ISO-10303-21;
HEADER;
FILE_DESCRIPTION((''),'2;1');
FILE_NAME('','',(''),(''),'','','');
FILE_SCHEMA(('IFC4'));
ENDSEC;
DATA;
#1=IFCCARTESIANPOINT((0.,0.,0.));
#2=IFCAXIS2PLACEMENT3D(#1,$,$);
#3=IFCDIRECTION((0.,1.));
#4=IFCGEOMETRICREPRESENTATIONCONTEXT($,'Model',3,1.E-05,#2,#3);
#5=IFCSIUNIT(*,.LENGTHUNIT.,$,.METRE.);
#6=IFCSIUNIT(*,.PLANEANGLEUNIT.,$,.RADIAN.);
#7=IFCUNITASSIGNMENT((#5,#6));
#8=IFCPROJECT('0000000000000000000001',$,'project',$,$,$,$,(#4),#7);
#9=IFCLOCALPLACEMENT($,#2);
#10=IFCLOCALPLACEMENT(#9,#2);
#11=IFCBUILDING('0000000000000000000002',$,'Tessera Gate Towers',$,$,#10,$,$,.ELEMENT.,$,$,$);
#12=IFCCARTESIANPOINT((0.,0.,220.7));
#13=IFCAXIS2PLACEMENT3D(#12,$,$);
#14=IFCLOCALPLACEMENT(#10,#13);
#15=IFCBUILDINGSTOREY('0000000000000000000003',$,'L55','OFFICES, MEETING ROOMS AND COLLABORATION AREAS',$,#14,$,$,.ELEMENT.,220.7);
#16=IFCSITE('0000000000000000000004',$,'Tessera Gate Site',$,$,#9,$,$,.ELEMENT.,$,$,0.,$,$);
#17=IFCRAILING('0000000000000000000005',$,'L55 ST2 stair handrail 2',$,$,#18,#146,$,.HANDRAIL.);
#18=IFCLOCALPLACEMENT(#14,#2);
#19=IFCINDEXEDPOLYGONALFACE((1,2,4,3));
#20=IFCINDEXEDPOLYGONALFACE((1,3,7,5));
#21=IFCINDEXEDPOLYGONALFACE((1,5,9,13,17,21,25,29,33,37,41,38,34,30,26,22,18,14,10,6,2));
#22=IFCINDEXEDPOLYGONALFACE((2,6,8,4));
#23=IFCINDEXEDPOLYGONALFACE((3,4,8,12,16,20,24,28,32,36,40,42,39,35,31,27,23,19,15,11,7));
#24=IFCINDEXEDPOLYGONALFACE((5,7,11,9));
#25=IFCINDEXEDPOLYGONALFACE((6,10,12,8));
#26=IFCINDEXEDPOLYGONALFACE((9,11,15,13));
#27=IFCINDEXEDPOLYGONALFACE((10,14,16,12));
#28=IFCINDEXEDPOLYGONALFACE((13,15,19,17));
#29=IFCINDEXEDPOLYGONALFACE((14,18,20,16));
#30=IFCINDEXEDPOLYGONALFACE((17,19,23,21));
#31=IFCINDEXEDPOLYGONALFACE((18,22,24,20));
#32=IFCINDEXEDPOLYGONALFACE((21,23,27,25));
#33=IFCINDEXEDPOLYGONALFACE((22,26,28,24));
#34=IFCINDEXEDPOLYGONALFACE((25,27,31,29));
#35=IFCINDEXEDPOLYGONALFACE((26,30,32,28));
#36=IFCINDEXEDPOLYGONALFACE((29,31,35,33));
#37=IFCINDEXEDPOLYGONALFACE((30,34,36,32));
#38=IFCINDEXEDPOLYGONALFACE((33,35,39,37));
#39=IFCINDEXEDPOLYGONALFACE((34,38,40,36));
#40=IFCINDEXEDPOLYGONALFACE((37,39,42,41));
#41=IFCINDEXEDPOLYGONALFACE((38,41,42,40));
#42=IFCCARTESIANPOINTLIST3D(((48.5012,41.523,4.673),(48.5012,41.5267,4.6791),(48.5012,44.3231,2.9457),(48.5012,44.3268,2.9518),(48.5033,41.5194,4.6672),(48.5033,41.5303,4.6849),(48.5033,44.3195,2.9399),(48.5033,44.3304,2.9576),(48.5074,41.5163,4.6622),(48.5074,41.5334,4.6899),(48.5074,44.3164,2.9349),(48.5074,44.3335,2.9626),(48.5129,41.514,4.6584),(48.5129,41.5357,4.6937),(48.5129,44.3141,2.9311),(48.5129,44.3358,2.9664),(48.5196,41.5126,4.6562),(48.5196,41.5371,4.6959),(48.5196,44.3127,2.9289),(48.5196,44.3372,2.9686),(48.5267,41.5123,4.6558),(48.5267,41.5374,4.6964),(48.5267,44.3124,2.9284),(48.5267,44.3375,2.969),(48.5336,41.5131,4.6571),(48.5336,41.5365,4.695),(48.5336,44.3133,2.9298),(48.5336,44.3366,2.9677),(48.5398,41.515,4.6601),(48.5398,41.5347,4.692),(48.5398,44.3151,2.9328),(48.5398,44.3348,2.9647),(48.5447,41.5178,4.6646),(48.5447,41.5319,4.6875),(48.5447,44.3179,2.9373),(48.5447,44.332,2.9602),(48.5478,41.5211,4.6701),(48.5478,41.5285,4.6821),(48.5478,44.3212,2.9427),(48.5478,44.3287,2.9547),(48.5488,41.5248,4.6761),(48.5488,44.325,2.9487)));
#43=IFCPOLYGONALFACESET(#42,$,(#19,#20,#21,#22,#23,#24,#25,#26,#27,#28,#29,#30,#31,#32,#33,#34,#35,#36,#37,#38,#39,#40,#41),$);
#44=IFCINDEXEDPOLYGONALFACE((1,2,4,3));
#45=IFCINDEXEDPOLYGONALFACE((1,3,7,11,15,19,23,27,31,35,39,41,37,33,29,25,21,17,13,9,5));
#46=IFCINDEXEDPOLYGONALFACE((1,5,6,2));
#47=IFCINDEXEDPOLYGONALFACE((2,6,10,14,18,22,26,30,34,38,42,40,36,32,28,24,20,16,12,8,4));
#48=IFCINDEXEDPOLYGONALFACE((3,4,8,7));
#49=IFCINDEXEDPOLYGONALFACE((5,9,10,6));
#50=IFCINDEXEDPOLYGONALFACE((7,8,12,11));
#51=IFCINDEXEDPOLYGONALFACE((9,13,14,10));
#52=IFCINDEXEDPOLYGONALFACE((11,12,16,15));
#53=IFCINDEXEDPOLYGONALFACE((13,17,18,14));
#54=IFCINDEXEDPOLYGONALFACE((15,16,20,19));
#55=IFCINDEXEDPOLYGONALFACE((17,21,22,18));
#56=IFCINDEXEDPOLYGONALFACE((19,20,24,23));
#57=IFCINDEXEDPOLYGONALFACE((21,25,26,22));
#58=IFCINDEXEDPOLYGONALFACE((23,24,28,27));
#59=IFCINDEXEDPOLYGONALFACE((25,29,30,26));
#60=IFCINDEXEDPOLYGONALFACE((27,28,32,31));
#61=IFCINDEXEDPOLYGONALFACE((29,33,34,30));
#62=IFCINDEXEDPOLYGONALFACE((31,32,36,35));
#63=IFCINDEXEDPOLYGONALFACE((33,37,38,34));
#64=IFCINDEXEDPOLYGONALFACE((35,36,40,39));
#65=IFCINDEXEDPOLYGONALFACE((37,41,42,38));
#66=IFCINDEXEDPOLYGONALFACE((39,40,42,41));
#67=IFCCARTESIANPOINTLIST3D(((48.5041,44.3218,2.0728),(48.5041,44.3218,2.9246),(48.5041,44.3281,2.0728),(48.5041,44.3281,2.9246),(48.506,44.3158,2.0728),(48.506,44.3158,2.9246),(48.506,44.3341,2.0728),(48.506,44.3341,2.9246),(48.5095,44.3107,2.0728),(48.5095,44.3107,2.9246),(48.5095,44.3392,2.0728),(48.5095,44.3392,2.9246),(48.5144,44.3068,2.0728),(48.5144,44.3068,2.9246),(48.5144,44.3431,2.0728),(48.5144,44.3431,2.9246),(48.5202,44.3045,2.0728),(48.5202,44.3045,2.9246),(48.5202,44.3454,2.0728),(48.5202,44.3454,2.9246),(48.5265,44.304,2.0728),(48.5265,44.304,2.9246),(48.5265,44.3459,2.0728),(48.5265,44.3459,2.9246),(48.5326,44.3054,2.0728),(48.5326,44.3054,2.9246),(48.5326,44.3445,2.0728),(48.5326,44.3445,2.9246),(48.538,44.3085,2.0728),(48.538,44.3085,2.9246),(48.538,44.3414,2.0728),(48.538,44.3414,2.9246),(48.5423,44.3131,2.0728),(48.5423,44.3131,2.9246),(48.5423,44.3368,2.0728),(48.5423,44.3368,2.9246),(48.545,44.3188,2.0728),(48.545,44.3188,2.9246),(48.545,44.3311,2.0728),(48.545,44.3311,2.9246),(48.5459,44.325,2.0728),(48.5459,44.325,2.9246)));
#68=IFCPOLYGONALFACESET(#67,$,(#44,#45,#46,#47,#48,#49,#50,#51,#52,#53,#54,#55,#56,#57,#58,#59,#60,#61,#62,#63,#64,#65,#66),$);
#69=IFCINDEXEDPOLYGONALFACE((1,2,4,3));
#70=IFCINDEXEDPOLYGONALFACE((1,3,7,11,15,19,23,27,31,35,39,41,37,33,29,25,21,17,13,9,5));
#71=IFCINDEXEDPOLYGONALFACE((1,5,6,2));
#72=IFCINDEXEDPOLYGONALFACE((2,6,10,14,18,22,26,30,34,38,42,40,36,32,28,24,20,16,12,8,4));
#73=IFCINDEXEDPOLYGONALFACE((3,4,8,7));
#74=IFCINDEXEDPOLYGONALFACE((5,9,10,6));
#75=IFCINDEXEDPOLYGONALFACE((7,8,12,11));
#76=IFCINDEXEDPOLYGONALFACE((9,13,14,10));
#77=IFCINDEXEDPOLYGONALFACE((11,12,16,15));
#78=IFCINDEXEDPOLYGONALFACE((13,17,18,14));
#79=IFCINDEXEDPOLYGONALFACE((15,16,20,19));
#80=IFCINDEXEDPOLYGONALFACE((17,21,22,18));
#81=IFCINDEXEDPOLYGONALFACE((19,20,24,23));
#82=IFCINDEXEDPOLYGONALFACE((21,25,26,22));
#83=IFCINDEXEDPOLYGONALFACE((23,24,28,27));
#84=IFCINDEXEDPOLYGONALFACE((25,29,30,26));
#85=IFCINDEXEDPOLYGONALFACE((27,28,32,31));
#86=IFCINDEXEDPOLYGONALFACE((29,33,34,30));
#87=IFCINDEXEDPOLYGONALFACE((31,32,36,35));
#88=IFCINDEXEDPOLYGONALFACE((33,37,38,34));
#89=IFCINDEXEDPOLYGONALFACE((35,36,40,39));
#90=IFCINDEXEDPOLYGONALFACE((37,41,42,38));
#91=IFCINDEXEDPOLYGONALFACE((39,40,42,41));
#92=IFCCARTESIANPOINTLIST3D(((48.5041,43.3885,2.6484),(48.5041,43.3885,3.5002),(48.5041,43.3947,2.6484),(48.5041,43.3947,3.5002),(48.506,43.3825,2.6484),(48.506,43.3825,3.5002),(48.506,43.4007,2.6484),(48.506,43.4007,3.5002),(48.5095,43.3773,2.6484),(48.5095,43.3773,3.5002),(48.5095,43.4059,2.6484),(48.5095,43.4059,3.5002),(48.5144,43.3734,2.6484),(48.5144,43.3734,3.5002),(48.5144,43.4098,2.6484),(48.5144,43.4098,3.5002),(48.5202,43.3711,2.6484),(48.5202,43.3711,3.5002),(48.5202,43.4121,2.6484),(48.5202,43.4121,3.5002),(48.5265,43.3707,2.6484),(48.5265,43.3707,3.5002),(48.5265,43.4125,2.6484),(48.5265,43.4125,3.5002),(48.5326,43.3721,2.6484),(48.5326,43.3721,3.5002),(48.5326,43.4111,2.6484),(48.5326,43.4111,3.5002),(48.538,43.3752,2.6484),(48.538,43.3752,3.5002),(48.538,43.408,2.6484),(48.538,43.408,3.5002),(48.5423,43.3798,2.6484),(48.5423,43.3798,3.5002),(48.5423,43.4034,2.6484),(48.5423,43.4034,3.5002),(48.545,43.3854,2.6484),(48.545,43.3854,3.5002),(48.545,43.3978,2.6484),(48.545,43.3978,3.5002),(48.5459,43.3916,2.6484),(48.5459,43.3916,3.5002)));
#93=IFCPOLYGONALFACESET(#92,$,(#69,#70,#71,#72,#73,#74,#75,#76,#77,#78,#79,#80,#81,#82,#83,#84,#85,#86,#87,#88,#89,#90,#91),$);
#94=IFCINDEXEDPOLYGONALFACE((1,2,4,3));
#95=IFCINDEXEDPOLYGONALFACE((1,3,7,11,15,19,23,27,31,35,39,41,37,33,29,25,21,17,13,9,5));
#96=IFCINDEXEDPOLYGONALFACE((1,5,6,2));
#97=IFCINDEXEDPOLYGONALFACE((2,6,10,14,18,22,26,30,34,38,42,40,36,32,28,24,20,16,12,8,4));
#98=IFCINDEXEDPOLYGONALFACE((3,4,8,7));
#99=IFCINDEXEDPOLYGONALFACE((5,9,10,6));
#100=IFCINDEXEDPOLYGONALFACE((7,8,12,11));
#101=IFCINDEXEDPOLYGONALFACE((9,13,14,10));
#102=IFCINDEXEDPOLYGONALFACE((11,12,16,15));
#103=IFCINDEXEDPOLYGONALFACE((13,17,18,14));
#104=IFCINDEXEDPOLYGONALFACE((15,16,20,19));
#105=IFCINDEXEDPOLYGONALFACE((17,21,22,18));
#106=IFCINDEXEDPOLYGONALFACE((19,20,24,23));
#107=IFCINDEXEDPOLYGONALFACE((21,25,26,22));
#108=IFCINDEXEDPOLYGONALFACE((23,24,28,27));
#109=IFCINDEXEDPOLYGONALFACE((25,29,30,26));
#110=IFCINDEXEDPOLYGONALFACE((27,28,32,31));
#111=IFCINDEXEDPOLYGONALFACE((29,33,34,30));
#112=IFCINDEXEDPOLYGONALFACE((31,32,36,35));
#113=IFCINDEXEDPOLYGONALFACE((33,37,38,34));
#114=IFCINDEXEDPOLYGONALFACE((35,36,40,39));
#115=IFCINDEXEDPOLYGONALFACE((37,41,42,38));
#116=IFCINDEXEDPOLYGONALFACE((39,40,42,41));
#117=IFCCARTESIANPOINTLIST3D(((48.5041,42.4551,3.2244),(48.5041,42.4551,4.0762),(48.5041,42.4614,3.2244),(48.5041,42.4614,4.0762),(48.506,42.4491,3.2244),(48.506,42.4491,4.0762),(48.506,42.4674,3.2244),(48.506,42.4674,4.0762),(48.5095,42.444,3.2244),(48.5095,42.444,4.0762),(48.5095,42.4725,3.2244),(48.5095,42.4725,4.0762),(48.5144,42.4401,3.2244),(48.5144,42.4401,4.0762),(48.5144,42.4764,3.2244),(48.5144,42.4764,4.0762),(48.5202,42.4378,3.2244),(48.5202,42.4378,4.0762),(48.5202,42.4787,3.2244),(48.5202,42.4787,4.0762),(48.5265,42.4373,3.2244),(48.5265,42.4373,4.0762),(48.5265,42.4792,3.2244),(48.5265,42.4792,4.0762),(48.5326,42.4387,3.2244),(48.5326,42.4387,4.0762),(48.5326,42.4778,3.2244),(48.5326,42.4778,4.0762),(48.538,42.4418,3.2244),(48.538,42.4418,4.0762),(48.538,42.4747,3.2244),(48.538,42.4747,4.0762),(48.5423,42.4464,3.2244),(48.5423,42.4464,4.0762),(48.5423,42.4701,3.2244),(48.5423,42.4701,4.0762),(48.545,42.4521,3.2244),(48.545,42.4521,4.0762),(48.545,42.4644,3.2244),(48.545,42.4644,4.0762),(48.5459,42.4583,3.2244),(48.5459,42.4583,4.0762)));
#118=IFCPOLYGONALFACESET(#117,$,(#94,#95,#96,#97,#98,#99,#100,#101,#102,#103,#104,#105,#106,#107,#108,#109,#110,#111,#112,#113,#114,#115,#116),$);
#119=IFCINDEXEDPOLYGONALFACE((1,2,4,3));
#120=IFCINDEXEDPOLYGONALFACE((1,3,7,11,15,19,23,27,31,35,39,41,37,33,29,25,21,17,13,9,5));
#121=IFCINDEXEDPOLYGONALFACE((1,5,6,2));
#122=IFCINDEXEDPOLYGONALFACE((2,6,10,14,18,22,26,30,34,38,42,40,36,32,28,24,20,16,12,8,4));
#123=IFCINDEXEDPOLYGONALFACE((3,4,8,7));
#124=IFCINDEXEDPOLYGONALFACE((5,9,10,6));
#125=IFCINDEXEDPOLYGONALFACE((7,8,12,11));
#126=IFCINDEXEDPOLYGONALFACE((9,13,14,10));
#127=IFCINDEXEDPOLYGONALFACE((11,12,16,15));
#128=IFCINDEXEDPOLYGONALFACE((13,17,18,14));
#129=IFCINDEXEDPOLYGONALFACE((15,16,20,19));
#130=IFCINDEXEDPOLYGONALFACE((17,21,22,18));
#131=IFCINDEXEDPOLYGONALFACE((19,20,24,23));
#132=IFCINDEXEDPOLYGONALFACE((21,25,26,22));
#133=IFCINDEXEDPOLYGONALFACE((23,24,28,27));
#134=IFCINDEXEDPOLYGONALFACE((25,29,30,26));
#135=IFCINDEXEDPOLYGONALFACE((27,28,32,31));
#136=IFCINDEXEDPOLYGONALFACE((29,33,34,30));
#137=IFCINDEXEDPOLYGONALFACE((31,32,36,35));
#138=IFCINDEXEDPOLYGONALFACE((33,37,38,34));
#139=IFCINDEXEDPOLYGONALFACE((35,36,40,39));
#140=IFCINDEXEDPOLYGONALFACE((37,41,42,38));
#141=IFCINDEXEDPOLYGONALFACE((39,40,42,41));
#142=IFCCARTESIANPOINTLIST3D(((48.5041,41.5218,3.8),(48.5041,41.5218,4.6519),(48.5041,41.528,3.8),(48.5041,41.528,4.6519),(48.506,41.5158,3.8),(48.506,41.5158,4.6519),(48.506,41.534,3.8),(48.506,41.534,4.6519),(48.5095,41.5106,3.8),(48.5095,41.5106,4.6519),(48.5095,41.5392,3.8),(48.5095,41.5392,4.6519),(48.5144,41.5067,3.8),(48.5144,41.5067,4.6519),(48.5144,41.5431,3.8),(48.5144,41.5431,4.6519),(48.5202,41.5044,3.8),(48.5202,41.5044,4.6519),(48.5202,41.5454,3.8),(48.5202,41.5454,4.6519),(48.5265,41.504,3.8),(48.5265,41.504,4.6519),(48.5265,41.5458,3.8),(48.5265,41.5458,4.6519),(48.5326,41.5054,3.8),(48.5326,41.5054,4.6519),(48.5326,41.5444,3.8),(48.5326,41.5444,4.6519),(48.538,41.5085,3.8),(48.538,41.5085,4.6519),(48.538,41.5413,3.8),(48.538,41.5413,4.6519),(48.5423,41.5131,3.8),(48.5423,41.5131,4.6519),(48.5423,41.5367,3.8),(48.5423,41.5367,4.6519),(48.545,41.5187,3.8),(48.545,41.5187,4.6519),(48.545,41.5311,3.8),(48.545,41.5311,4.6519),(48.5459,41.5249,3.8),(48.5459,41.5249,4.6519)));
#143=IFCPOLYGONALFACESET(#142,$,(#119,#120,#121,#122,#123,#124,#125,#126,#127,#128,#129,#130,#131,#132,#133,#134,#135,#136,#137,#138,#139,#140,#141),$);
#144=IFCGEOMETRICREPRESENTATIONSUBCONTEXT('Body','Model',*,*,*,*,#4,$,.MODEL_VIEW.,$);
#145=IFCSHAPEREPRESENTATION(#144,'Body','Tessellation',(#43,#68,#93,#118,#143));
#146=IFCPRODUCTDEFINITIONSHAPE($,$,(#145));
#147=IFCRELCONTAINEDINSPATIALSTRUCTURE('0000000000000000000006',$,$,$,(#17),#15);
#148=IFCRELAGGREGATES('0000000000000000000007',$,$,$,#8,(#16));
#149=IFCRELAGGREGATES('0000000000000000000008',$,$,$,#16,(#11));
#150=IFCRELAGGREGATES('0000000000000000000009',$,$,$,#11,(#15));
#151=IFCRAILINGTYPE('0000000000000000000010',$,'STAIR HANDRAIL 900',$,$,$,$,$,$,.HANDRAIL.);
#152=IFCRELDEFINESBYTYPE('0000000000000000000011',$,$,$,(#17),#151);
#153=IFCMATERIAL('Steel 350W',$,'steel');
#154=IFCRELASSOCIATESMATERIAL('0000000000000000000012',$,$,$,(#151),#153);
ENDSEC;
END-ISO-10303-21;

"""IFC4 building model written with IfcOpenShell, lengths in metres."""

from ifc_helpers import new_model, si_unit, direction, frame, origin, origin_2d, place, context, subcontext, project, spatial, circle, extrude, material, type_object, element, save


model = new_model("IFC4")

# Units and contexts
model_context = context("Model", 3, precision=1e-05, world=origin(), true_north=direction((0.0, 1.0)))
body_context = subcontext(model_context, "Body", "Model", "MODEL_VIEW")
ifc_project = project(units=[si_unit("LENGTHUNIT", "METRE"), si_unit("PLANEANGLEUNIT", "RADIAN")], contexts=[model_context])

# Site, building, storey
site_placement = place(None, origin())
site = spatial("IfcSite", under=ifc_project, at=site_placement, Name="Tessera Gate Site", CompositionType="ELEMENT", RefElevation=0.0)
building_placement = place(site_placement, origin())
building = spatial("IfcBuilding", under=site, at=building_placement, Name="Tessera Gate Towers", CompositionType="ELEMENT")
storey_placement = place(building_placement, frame((0.0, 0.0, 220.7)))
storey = spatial("IfcBuildingStorey", under=building, at=storey_placement, Name="L55", Description="OFFICES, MEETING ROOMS AND COLLABORATION AREAS", CompositionType="ELEMENT", Elevation=220.7)

# Railing
ifc_material_1 = material(Name="Steel 350W", Category="steel")
railing_type_1 = type_object("IfcRailingType", Name="STAIR HANDRAIL 900", PredefinedType="HANDRAIL", material=ifc_material_1)
railing_1_placement = place(storey_placement, frame((48.5249, 44.325, 2.0728)))
element("IfcRailing", 1, at=railing_1_placement, inside=storey, type_object=railing_type_1, Name="L55 ST2 stair handrail 2", PredefinedType="HANDRAIL", context=body_context, shape_type="SweptSolid", body=[
    extrude(circle(Radius=0.0239, at=origin_2d()), frame((0.0, 0.0, 0.876), z_axis=(0.0, -0.85109, 0.52502), x_axis=(1.0, 0.0, 0.0)), (0.0, 0.0, 1.0), 3.29),
    extrude(circle(Radius=0.021, at=origin_2d()), origin(), (0.0, 0.0, 1.0), 0.8518),
    extrude(circle(Radius=0.021, at=origin_2d()), frame((0.0, -0.9333, 0.5757)), (0.0, 0.0, 1.0), 0.8518),
    extrude(circle(Radius=0.021, at=origin_2d()), frame((0.0, -1.8667, 1.1516)), (0.0, 0.0, 1.0), 0.8518),
    extrude(circle(Radius=0.021, at=origin_2d()), frame((0.0, -2.8, 1.7273)), (0.0, 0.0, 1.0), 0.8518),
])

save(model, "model.ifc")
